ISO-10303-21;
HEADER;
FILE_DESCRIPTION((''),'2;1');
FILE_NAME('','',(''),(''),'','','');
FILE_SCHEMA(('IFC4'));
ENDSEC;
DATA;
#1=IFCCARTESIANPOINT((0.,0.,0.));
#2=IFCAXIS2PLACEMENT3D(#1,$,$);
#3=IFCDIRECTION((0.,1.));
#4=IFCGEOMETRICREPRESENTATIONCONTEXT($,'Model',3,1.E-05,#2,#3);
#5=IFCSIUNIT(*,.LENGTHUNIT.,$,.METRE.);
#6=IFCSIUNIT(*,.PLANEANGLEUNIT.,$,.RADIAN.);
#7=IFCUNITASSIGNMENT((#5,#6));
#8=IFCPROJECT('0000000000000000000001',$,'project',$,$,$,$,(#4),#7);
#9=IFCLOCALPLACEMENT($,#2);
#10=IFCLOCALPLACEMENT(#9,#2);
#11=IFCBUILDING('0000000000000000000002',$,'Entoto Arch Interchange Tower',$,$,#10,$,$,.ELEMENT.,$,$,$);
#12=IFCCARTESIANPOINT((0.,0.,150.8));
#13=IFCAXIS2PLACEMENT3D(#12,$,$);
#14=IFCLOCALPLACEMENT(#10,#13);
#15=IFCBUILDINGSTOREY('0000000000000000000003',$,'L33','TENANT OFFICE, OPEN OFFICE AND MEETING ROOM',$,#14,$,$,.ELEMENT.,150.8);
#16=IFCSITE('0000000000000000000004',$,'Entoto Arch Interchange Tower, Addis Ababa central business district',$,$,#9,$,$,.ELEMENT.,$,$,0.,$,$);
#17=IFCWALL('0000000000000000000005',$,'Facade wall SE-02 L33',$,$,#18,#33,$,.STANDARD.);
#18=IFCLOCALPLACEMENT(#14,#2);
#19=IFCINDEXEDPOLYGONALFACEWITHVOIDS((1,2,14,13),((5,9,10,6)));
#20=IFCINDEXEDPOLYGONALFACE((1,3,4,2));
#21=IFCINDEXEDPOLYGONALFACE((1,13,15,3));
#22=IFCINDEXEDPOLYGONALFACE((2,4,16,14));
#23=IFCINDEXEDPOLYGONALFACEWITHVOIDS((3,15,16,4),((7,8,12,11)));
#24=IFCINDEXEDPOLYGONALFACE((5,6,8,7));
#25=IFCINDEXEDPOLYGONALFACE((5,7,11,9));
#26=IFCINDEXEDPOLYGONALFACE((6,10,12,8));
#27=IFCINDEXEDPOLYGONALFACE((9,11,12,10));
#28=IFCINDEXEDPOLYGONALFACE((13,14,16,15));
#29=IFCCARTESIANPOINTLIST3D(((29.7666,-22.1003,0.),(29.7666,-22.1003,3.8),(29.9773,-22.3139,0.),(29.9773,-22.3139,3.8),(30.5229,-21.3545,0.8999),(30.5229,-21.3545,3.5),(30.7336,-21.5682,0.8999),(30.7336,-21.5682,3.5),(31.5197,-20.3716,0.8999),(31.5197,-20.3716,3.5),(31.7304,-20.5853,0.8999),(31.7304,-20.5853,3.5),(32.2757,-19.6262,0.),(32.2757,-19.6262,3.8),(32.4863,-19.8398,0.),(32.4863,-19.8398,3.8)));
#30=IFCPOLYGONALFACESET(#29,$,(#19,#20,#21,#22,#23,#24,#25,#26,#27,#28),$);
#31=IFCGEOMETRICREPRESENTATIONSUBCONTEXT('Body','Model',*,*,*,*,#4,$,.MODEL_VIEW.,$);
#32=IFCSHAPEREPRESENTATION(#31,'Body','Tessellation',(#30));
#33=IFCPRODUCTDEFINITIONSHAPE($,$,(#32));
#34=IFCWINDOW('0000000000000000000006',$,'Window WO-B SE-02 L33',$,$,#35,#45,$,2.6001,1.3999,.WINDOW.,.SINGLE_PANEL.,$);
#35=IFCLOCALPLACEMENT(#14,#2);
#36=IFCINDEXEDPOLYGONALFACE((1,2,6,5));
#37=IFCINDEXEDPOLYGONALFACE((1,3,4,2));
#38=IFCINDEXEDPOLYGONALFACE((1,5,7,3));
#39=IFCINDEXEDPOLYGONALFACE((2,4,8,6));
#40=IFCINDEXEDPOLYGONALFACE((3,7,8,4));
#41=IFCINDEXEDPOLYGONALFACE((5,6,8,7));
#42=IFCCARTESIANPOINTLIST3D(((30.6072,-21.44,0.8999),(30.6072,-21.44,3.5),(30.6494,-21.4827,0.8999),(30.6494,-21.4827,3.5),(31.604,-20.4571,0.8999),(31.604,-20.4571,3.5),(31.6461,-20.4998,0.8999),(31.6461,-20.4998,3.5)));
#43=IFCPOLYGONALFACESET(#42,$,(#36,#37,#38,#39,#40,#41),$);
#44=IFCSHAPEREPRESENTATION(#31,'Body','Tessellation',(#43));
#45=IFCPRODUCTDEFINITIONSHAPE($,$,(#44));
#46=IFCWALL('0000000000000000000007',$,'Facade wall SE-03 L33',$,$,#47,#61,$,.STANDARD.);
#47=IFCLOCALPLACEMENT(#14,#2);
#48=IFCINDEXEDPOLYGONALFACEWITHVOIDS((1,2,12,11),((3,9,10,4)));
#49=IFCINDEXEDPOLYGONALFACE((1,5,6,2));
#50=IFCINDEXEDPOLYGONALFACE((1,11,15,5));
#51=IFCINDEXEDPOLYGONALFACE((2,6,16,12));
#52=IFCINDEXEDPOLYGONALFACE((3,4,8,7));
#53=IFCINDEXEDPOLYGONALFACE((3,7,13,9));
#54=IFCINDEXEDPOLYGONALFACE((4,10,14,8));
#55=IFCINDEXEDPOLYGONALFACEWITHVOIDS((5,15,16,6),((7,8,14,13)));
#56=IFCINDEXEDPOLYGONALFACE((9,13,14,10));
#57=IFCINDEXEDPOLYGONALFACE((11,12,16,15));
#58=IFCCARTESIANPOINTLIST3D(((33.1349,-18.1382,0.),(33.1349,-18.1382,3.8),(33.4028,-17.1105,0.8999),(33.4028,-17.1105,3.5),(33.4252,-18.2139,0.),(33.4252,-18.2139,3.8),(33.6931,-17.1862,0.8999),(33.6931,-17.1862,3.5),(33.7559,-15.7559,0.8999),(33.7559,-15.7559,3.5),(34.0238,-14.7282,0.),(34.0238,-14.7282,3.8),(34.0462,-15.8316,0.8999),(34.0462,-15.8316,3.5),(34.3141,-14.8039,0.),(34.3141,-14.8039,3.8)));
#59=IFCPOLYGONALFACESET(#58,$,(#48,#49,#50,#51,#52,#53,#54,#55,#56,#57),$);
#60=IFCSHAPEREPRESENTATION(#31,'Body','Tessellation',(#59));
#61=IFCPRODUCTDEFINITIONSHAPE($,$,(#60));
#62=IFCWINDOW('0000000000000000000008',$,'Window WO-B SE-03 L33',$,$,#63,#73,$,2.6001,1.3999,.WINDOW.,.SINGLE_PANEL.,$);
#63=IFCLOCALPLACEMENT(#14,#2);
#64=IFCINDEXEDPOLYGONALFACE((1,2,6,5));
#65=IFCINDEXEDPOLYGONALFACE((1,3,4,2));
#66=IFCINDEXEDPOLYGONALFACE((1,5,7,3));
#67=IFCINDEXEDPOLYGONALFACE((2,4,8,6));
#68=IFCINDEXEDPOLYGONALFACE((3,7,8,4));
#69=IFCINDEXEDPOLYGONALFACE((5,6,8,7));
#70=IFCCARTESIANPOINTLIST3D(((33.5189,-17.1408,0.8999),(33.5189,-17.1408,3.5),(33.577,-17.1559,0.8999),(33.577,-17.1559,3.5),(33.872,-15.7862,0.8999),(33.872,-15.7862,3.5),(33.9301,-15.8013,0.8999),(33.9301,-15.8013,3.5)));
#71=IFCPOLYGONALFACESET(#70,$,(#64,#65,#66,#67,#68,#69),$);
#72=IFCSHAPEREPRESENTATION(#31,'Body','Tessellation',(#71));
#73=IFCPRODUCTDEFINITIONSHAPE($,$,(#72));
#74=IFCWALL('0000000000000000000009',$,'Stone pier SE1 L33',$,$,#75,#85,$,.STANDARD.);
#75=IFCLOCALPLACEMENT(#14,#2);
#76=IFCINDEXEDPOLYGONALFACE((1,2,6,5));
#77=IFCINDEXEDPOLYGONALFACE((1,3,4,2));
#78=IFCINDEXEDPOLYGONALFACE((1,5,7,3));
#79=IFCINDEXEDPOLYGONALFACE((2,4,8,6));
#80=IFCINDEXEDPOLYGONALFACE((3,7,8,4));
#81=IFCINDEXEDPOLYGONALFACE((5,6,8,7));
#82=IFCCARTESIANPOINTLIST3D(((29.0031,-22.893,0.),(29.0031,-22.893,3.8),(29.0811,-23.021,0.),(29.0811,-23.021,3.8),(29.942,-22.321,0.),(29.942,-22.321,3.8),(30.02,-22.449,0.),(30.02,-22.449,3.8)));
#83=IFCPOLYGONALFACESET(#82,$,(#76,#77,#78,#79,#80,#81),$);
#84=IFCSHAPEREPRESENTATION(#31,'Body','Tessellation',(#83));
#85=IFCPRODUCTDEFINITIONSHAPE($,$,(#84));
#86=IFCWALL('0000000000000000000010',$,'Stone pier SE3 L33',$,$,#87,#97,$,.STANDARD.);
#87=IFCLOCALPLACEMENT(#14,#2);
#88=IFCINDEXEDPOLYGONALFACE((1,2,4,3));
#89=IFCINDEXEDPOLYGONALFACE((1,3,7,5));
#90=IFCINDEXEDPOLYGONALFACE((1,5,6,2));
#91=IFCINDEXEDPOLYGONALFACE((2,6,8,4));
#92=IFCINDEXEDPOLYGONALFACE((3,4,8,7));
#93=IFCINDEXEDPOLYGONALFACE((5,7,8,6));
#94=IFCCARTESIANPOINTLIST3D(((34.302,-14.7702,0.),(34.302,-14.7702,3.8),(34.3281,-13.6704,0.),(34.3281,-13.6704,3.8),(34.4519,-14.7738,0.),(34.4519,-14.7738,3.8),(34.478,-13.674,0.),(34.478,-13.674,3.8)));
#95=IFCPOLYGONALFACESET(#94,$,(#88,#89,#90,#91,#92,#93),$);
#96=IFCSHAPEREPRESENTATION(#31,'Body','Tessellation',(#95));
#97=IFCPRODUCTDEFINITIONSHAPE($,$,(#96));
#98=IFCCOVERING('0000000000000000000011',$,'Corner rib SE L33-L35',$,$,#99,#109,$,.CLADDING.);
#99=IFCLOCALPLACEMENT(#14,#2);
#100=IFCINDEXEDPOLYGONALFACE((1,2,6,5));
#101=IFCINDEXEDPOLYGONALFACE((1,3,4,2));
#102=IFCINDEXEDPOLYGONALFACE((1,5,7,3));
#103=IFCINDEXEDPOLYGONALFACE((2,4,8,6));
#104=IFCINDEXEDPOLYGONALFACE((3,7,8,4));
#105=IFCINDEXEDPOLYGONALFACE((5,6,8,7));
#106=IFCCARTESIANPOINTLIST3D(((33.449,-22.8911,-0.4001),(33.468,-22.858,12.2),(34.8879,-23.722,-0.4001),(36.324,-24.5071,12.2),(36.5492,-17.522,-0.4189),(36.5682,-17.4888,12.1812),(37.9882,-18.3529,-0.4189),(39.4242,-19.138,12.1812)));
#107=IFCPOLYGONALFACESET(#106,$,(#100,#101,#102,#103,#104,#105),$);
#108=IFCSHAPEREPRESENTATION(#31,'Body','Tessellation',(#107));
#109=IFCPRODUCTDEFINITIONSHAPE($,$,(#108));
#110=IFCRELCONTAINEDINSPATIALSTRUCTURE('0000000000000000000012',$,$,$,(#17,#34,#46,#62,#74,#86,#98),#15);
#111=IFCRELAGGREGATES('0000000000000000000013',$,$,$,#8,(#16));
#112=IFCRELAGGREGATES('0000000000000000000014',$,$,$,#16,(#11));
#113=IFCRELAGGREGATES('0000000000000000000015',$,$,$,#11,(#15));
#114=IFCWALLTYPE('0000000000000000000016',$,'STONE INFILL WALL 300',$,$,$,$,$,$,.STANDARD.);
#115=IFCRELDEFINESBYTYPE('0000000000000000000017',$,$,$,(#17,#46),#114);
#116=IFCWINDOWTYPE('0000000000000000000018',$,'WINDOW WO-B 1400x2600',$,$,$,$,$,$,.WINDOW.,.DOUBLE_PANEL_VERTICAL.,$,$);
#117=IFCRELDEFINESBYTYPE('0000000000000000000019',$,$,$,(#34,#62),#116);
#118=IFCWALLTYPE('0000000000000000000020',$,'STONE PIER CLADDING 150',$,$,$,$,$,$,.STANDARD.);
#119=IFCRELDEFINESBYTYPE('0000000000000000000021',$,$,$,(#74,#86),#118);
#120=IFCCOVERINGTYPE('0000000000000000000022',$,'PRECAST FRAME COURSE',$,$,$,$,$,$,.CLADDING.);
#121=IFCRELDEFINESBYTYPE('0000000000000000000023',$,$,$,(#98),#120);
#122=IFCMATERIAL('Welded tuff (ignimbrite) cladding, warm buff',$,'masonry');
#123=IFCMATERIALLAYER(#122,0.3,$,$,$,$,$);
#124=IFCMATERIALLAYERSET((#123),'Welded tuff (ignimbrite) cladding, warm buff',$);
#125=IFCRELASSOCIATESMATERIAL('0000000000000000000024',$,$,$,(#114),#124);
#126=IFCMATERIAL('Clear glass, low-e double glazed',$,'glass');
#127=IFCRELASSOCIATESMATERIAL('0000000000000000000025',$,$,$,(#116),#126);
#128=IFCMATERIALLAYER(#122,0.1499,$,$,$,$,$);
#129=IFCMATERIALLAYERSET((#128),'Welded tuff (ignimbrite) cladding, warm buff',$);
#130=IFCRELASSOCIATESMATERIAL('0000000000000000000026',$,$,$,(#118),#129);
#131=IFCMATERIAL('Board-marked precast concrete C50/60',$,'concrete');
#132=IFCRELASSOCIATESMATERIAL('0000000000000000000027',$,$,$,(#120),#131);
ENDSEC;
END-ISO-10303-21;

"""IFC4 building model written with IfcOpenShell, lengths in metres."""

from ifc_helpers import new_model, si_unit, direction, frame, frame_2d, origin, place, context, subcontext, project, spatial, polyline, rectangle, outline, extrude, material, layer, layer_set, type_object, element, fill, save


model = new_model("IFC4")

# Units and contexts
model_context = context("Model", 3, precision=1e-05, world=origin(), true_north=direction((0.0, 1.0)))
body_context = subcontext(model_context, "Body", "Model", "MODEL_VIEW")
ifc_project = project(units=[si_unit("LENGTHUNIT", "METRE"), si_unit("PLANEANGLEUNIT", "RADIAN")], contexts=[model_context])

# Site, building, storey
site_placement = place(None, origin())
site = spatial("IfcSite", under=ifc_project, at=site_placement, Name="Entoto Arch Interchange Tower, Addis Ababa central business district", CompositionType="ELEMENT", RefElevation=0.0)
building_placement = place(site_placement, origin())
building = spatial("IfcBuilding", under=site, at=building_placement, Name="Entoto Arch Interchange Tower", CompositionType="ELEMENT")
storey_placement = place(building_placement, frame((0.0, 0.0, 150.8)))
storey = spatial("IfcBuildingStorey", under=building, at=storey_placement, Name="L33", Description="TENANT OFFICE, OPEN OFFICE AND MEETING ROOM", CompositionType="ELEMENT", Elevation=150.8)

# Walls, openings, windows
ifc_material_1 = material(Name="Welded tuff (ignimbrite) cladding, warm buff", Category="masonry")
ifc_layer_1 = layer(ifc_material_1, 0.3)
ifc_layer_set_1 = layer_set([ifc_layer_1], Name="Welded tuff (ignimbrite) cladding, warm buff")
wall_type_1 = type_object("IfcWallType", Name="STONE INFILL WALL 300", PredefinedType="STANDARD", material=ifc_layer_set_1)
ifc_material_2 = material(Name="Clear glass, low-e double glazed", Category="glass")
window_type = type_object("IfcWindowType", Name="WINDOW WO-B 1400x2600", PartitioningType="DOUBLE_PANEL_VERTICAL", PredefinedType="WINDOW", material=ifc_material_2)
wall_1_placement = place(storey_placement, frame((29.8721, -22.207, 0.0), z_axis=(0.0, 0.0, 1.0), x_axis=(0.712043, 0.702136, 0.0)))
wall_1 = element("IfcWall", 1, at=wall_1_placement, inside=storey, type_object=wall_type_1, Name="Facade wall SE-02 L33", PredefinedType="STANDARD", context=body_context, shape_type="SweptSolid", body=[
    extrude(rectangle(XDim=3.5237, YDim=0.3, at=frame_2d((1.7617, 0.0))), origin(), (0.0, 0.0, 1.0), 3.8),
])
opening_1_placement = place(wall_1_placement, frame((1.062, 0.0, 0.8999)))
opening_1 = element("IfcOpeningElement", 2, at=opening_1_placement, cuts=wall_1, PredefinedType="OPENING", context=body_context, shape_type="SweptSolid", body=[
    extrude(rectangle(XDim=1.3999, YDim=2.6001, at=frame_2d((0.7, 1.3))), frame((0.0, 0.1602, 0.0), z_axis=(0.0, -1.0, 0.0), x_axis=(1.0, 0.0, 0.0)), (0.0, 0.0, 1.0), 0.3201),
])
window_1_placement = place(opening_1_placement, origin())
window_1 = element("IfcWindow", 3, at=window_1_placement, inside=storey, type_object=window_type, Name="Window WO-B SE-02 L33", OverallHeight=2.6001, OverallWidth=1.3999, PartitioningType="SINGLE_PANEL", PredefinedType="WINDOW", context=body_context, shape_type="SweptSolid", body=[
    extrude(rectangle(XDim=1.3999, YDim=2.6001, at=frame_2d((0.7, 1.3))), frame((0.0, 0.03, 0.0), z_axis=(0.0, -1.0, 0.0), x_axis=(1.0, 0.0, 0.0)), (0.0, 0.0, 1.0), 0.0601),
])
fill(opening_1, window_1)
wall_2_placement = place(storey_placement, frame((33.28, -18.176, 0.0), z_axis=(0.0, 0.0, 1.0), x_axis=(0.252255, 0.967661, 0.0)))
wall_2 = element("IfcWall", 4, at=wall_2_placement, inside=storey, type_object=wall_type_1, Name="Facade wall SE-03 L33", PredefinedType="STANDARD", context=body_context, shape_type="SweptSolid", body=[
    extrude(rectangle(XDim=3.5239, YDim=0.3, at=frame_2d((1.762, 0.0))), origin(), (0.0, 0.0, 1.0), 3.8),
])
opening_2_placement = place(wall_2_placement, frame((1.062, 0.0, 0.8999)))
opening_2 = element("IfcOpeningElement", 5, at=opening_2_placement, cuts=wall_2, PredefinedType="OPENING", context=body_context, shape_type="SweptSolid", body=[
    extrude(rectangle(XDim=1.3999, YDim=2.6001, at=frame_2d((0.7, 1.3))), frame((0.0, 0.1602, 0.0), z_axis=(0.0, -1.0, 0.0), x_axis=(1.0, 0.0, 0.0)), (0.0, 0.0, 1.0), 0.3201),
])
window_2_placement = place(opening_2_placement, origin())
window_2 = element("IfcWindow", 6, at=window_2_placement, inside=storey, type_object=window_type, Name="Window WO-B SE-03 L33", OverallHeight=2.6001, OverallWidth=1.3999, PartitioningType="SINGLE_PANEL", PredefinedType="WINDOW", context=body_context, shape_type="SweptSolid", body=[
    extrude(rectangle(XDim=1.3999, YDim=2.6001, at=frame_2d((0.7, 1.3))), frame((0.0, 0.03, 0.0), z_axis=(0.0, -1.0, 0.0), x_axis=(1.0, 0.0, 0.0)), (0.0, 0.0, 1.0), 0.0601),
])
fill(opening_2, window_2)

# Walls
ifc_layer_2 = layer(ifc_material_1, 0.1499)
ifc_layer_set_2 = layer_set([ifc_layer_2], Name="Welded tuff (ignimbrite) cladding, warm buff")
wall_type_2 = type_object("IfcWallType", Name="STONE PIER CLADDING 150", PredefinedType="STANDARD", material=ifc_layer_set_2)
wall_3_placement = place(storey_placement, frame((29.042, -22.957, 0.0), z_axis=(0.0, 0.0, 1.0), x_axis=(0.854006, 0.520264, 0.0)))
element("IfcWall", 7, at=wall_3_placement, inside=storey, type_object=wall_type_2, Name="Stone pier SE1 L33", PredefinedType="STANDARD", context=body_context, shape_type="SweptSolid", body=[
    extrude(rectangle(XDim=1.0994, YDim=0.1499, at=frame_2d((0.5498, 0.0))), origin(), (0.0, 0.0, 1.0), 3.8),
])
wall_4_placement = place(storey_placement, frame((34.377, -14.772, 0.0), z_axis=(0.0, 0.0, 1.0), x_axis=(0.023745, 0.999718, 0.0)))
element("IfcWall", 8, at=wall_4_placement, inside=storey, type_object=wall_type_2, Name="Stone pier SE3 L33", PredefinedType="STANDARD", context=body_context, shape_type="SweptSolid", body=[
    extrude(rectangle(XDim=1.1001, YDim=0.1499, at=frame_2d((0.55, 0.0))), origin(), (0.0, 0.0, 1.0), 3.8),
])

# Covering
ifc_material_3 = material(Name="Board-marked precast concrete C50/60", Category="concrete")
covering_type = type_object("IfcCoveringType", Name="PRECAST FRAME COURSE", PredefinedType="CLADDING", material=ifc_material_3)
covering_placement = place(storey_placement, frame((33.449, -22.8911, -0.4001), z_axis=(-0.500044, -0.865995, 0.003032), x_axis=(0.865999, -0.500046, 0.0)))
element("IfcCovering", 9, at=covering_placement, inside=storey, type_object=covering_type, Name="Corner rib SE L33-L35", PredefinedType="CLADDING", context=body_context, shape_type="SweptSolid", body=[
    extrude(outline(polyline([(0.0, 0.0), (1.6616, 0.0), (3.2978, 12.6002), (-0.0001, 12.6002), (0.0, 0.0)])), origin(), (0.0, 0.0, -1.0), 6.2),
])

save(model, "model.ifc")
